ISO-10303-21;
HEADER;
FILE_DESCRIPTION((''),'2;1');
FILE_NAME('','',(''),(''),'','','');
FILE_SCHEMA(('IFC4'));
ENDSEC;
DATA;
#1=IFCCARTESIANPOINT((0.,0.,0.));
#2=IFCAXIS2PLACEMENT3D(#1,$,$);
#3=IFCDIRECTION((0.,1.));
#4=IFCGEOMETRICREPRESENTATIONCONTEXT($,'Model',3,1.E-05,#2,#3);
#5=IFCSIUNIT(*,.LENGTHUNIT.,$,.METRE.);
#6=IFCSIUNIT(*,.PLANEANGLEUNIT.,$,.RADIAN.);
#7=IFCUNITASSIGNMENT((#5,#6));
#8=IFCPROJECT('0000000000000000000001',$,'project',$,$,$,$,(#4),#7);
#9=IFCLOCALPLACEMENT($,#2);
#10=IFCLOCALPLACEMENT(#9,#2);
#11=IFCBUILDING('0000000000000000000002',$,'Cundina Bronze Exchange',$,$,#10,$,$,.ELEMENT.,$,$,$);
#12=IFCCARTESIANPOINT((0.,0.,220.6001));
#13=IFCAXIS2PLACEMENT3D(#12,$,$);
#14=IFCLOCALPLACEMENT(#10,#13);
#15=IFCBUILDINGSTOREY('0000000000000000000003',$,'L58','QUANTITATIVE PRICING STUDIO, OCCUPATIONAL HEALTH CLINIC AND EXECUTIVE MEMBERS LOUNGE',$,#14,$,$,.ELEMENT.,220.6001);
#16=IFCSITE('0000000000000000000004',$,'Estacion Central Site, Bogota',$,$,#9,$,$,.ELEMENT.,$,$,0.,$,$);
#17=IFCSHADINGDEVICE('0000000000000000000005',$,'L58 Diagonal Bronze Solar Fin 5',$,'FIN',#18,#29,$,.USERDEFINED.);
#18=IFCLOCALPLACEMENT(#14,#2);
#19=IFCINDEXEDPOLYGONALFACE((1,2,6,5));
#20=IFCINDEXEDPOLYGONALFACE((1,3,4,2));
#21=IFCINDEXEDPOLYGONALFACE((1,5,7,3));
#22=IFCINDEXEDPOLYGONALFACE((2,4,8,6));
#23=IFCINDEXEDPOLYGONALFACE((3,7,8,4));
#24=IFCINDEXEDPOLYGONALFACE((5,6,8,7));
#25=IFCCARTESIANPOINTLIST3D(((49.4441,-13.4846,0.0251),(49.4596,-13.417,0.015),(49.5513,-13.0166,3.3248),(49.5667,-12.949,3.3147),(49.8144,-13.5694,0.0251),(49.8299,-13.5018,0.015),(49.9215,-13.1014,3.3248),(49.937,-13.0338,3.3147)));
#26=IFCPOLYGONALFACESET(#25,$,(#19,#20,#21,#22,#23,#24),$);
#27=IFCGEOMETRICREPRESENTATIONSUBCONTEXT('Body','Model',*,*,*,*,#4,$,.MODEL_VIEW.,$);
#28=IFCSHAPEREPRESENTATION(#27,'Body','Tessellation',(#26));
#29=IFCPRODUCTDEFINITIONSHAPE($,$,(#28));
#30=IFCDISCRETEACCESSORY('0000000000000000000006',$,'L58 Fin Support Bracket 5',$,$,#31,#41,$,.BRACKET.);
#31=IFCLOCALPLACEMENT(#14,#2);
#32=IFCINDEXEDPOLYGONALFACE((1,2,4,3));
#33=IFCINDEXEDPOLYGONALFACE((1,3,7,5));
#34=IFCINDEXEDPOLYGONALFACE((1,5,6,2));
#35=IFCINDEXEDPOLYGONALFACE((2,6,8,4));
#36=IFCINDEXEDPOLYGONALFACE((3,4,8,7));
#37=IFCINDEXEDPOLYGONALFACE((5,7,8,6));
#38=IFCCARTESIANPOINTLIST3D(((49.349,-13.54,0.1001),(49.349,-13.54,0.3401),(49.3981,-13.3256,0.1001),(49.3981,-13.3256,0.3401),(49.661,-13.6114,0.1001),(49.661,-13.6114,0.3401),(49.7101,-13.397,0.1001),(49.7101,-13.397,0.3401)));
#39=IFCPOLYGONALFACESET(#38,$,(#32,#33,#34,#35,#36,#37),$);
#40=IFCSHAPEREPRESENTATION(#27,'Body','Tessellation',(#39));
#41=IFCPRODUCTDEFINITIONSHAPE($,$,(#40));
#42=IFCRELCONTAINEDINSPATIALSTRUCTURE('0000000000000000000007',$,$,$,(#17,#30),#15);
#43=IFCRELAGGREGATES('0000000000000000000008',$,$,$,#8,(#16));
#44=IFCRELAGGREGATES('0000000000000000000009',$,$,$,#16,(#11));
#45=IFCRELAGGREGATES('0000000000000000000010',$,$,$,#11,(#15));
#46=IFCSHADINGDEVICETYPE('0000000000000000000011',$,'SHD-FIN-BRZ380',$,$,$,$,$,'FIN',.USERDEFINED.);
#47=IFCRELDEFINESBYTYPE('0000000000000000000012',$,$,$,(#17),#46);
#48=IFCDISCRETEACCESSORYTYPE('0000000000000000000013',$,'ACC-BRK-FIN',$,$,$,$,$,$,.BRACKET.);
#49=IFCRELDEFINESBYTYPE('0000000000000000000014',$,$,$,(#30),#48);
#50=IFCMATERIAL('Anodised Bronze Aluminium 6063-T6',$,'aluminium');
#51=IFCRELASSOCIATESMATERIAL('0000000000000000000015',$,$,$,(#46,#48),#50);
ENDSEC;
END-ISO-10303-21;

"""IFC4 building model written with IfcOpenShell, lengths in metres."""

from ifc_helpers import new_model, si_unit, direction, frame, origin, origin_2d, place, context, subcontext, project, spatial, rectangle, extrude, material, material_profile, profile_set, type_object, element, save


model = new_model("IFC4")

# Units and contexts
model_context = context("Model", 3, precision=1e-05, world=origin(), true_north=direction((0.0, 1.0)))
body_context = subcontext(model_context, "Body", "Model", "MODEL_VIEW")
ifc_project = project(units=[si_unit("LENGTHUNIT", "METRE"), si_unit("PLANEANGLEUNIT", "RADIAN")], contexts=[model_context])

# Site, building, storey
site_placement = place(None, origin())
site = spatial("IfcSite", under=ifc_project, at=site_placement, Name="Estacion Central Site, Bogota", CompositionType="ELEMENT", RefElevation=0.0)
building_placement = place(site_placement, origin())
building = spatial("IfcBuilding", under=site, at=building_placement, Name="Cundina Bronze Exchange", CompositionType="ELEMENT")
storey_placement = place(building_placement, frame((0.0, 0.0, 220.6001)))
storey = spatial("IfcBuildingStorey", under=building, at=storey_placement, Name="L58", Description="QUANTITATIVE PRICING STUDIO, OCCUPATIONAL HEALTH CLINIC AND EXECUTIVE MEMBERS LOUNGE", CompositionType="ELEMENT", Elevation=220.6001)

# Shared definitions
ifc_material_1 = material(Name="Anodised Bronze Aluminium 6063-T6", Category="aluminium")

# Shading device
ifc_material_profile_1 = material_profile(ifc_material_1, rectangle(XDim=0.0701, YDim=0.3799, at=origin_2d()), Name="FIN70X380", Category="aluminium")
ifc_profile_set_1 = profile_set([ifc_material_profile_1], Name="Anodised Bronze Aluminium 6063-T6")
shading_device_type = type_object("IfcShadingDeviceType", Name="SHD-FIN-BRZ380", ElementType="FIN", PredefinedType="USERDEFINED", material=ifc_profile_set_1)
for number, where, z_axis, x_axis, name in (
    (1, (49.637, -13.4932, 0.02), (0.032142, 0.140354, 0.98958), (-0.220899, -0.964609, 0.143987), "L58 Diagonal Bronze Solar Fin 5"),
):
    element("IfcShadingDevice", number, at=place(storey_placement, frame(where, z_axis=z_axis, x_axis=x_axis)), inside=storey, type_object=shading_device_type, Name=name, ObjectType="FIN", PredefinedType="USERDEFINED", context=body_context, shape_type="SweptSolid", body=[
        extrude(rectangle(XDim=0.0701, YDim=0.3799, at=origin_2d()), origin(), (0.0, 0.0, 1.0), 3.3345),
    ])

# Discrete accessory
discrete_accessory_type = type_object("IfcDiscreteAccessoryType", Name="ACC-BRK-FIN", PredefinedType="BRACKET", material=ifc_material_1)
discrete_accessory_placement = place(storey_placement, frame((49.5295, -13.4685, 0.1001), z_axis=(0.0, 0.0, 1.0), x_axis=(0.223284, 0.974753, 0.0)))
element("IfcDiscreteAccessory", 2, at=discrete_accessory_placement, inside=storey, type_object=discrete_accessory_type, Name="L58 Fin Support Bracket 5", PredefinedType="BRACKET", context=body_context, shape_type="SweptSolid", body=[
    extrude(rectangle(XDim=0.22, YDim=0.3201, at=origin_2d()), origin(), (0.0, 0.0, 1.0), 0.24),
])

save(model, "model.ifc")
